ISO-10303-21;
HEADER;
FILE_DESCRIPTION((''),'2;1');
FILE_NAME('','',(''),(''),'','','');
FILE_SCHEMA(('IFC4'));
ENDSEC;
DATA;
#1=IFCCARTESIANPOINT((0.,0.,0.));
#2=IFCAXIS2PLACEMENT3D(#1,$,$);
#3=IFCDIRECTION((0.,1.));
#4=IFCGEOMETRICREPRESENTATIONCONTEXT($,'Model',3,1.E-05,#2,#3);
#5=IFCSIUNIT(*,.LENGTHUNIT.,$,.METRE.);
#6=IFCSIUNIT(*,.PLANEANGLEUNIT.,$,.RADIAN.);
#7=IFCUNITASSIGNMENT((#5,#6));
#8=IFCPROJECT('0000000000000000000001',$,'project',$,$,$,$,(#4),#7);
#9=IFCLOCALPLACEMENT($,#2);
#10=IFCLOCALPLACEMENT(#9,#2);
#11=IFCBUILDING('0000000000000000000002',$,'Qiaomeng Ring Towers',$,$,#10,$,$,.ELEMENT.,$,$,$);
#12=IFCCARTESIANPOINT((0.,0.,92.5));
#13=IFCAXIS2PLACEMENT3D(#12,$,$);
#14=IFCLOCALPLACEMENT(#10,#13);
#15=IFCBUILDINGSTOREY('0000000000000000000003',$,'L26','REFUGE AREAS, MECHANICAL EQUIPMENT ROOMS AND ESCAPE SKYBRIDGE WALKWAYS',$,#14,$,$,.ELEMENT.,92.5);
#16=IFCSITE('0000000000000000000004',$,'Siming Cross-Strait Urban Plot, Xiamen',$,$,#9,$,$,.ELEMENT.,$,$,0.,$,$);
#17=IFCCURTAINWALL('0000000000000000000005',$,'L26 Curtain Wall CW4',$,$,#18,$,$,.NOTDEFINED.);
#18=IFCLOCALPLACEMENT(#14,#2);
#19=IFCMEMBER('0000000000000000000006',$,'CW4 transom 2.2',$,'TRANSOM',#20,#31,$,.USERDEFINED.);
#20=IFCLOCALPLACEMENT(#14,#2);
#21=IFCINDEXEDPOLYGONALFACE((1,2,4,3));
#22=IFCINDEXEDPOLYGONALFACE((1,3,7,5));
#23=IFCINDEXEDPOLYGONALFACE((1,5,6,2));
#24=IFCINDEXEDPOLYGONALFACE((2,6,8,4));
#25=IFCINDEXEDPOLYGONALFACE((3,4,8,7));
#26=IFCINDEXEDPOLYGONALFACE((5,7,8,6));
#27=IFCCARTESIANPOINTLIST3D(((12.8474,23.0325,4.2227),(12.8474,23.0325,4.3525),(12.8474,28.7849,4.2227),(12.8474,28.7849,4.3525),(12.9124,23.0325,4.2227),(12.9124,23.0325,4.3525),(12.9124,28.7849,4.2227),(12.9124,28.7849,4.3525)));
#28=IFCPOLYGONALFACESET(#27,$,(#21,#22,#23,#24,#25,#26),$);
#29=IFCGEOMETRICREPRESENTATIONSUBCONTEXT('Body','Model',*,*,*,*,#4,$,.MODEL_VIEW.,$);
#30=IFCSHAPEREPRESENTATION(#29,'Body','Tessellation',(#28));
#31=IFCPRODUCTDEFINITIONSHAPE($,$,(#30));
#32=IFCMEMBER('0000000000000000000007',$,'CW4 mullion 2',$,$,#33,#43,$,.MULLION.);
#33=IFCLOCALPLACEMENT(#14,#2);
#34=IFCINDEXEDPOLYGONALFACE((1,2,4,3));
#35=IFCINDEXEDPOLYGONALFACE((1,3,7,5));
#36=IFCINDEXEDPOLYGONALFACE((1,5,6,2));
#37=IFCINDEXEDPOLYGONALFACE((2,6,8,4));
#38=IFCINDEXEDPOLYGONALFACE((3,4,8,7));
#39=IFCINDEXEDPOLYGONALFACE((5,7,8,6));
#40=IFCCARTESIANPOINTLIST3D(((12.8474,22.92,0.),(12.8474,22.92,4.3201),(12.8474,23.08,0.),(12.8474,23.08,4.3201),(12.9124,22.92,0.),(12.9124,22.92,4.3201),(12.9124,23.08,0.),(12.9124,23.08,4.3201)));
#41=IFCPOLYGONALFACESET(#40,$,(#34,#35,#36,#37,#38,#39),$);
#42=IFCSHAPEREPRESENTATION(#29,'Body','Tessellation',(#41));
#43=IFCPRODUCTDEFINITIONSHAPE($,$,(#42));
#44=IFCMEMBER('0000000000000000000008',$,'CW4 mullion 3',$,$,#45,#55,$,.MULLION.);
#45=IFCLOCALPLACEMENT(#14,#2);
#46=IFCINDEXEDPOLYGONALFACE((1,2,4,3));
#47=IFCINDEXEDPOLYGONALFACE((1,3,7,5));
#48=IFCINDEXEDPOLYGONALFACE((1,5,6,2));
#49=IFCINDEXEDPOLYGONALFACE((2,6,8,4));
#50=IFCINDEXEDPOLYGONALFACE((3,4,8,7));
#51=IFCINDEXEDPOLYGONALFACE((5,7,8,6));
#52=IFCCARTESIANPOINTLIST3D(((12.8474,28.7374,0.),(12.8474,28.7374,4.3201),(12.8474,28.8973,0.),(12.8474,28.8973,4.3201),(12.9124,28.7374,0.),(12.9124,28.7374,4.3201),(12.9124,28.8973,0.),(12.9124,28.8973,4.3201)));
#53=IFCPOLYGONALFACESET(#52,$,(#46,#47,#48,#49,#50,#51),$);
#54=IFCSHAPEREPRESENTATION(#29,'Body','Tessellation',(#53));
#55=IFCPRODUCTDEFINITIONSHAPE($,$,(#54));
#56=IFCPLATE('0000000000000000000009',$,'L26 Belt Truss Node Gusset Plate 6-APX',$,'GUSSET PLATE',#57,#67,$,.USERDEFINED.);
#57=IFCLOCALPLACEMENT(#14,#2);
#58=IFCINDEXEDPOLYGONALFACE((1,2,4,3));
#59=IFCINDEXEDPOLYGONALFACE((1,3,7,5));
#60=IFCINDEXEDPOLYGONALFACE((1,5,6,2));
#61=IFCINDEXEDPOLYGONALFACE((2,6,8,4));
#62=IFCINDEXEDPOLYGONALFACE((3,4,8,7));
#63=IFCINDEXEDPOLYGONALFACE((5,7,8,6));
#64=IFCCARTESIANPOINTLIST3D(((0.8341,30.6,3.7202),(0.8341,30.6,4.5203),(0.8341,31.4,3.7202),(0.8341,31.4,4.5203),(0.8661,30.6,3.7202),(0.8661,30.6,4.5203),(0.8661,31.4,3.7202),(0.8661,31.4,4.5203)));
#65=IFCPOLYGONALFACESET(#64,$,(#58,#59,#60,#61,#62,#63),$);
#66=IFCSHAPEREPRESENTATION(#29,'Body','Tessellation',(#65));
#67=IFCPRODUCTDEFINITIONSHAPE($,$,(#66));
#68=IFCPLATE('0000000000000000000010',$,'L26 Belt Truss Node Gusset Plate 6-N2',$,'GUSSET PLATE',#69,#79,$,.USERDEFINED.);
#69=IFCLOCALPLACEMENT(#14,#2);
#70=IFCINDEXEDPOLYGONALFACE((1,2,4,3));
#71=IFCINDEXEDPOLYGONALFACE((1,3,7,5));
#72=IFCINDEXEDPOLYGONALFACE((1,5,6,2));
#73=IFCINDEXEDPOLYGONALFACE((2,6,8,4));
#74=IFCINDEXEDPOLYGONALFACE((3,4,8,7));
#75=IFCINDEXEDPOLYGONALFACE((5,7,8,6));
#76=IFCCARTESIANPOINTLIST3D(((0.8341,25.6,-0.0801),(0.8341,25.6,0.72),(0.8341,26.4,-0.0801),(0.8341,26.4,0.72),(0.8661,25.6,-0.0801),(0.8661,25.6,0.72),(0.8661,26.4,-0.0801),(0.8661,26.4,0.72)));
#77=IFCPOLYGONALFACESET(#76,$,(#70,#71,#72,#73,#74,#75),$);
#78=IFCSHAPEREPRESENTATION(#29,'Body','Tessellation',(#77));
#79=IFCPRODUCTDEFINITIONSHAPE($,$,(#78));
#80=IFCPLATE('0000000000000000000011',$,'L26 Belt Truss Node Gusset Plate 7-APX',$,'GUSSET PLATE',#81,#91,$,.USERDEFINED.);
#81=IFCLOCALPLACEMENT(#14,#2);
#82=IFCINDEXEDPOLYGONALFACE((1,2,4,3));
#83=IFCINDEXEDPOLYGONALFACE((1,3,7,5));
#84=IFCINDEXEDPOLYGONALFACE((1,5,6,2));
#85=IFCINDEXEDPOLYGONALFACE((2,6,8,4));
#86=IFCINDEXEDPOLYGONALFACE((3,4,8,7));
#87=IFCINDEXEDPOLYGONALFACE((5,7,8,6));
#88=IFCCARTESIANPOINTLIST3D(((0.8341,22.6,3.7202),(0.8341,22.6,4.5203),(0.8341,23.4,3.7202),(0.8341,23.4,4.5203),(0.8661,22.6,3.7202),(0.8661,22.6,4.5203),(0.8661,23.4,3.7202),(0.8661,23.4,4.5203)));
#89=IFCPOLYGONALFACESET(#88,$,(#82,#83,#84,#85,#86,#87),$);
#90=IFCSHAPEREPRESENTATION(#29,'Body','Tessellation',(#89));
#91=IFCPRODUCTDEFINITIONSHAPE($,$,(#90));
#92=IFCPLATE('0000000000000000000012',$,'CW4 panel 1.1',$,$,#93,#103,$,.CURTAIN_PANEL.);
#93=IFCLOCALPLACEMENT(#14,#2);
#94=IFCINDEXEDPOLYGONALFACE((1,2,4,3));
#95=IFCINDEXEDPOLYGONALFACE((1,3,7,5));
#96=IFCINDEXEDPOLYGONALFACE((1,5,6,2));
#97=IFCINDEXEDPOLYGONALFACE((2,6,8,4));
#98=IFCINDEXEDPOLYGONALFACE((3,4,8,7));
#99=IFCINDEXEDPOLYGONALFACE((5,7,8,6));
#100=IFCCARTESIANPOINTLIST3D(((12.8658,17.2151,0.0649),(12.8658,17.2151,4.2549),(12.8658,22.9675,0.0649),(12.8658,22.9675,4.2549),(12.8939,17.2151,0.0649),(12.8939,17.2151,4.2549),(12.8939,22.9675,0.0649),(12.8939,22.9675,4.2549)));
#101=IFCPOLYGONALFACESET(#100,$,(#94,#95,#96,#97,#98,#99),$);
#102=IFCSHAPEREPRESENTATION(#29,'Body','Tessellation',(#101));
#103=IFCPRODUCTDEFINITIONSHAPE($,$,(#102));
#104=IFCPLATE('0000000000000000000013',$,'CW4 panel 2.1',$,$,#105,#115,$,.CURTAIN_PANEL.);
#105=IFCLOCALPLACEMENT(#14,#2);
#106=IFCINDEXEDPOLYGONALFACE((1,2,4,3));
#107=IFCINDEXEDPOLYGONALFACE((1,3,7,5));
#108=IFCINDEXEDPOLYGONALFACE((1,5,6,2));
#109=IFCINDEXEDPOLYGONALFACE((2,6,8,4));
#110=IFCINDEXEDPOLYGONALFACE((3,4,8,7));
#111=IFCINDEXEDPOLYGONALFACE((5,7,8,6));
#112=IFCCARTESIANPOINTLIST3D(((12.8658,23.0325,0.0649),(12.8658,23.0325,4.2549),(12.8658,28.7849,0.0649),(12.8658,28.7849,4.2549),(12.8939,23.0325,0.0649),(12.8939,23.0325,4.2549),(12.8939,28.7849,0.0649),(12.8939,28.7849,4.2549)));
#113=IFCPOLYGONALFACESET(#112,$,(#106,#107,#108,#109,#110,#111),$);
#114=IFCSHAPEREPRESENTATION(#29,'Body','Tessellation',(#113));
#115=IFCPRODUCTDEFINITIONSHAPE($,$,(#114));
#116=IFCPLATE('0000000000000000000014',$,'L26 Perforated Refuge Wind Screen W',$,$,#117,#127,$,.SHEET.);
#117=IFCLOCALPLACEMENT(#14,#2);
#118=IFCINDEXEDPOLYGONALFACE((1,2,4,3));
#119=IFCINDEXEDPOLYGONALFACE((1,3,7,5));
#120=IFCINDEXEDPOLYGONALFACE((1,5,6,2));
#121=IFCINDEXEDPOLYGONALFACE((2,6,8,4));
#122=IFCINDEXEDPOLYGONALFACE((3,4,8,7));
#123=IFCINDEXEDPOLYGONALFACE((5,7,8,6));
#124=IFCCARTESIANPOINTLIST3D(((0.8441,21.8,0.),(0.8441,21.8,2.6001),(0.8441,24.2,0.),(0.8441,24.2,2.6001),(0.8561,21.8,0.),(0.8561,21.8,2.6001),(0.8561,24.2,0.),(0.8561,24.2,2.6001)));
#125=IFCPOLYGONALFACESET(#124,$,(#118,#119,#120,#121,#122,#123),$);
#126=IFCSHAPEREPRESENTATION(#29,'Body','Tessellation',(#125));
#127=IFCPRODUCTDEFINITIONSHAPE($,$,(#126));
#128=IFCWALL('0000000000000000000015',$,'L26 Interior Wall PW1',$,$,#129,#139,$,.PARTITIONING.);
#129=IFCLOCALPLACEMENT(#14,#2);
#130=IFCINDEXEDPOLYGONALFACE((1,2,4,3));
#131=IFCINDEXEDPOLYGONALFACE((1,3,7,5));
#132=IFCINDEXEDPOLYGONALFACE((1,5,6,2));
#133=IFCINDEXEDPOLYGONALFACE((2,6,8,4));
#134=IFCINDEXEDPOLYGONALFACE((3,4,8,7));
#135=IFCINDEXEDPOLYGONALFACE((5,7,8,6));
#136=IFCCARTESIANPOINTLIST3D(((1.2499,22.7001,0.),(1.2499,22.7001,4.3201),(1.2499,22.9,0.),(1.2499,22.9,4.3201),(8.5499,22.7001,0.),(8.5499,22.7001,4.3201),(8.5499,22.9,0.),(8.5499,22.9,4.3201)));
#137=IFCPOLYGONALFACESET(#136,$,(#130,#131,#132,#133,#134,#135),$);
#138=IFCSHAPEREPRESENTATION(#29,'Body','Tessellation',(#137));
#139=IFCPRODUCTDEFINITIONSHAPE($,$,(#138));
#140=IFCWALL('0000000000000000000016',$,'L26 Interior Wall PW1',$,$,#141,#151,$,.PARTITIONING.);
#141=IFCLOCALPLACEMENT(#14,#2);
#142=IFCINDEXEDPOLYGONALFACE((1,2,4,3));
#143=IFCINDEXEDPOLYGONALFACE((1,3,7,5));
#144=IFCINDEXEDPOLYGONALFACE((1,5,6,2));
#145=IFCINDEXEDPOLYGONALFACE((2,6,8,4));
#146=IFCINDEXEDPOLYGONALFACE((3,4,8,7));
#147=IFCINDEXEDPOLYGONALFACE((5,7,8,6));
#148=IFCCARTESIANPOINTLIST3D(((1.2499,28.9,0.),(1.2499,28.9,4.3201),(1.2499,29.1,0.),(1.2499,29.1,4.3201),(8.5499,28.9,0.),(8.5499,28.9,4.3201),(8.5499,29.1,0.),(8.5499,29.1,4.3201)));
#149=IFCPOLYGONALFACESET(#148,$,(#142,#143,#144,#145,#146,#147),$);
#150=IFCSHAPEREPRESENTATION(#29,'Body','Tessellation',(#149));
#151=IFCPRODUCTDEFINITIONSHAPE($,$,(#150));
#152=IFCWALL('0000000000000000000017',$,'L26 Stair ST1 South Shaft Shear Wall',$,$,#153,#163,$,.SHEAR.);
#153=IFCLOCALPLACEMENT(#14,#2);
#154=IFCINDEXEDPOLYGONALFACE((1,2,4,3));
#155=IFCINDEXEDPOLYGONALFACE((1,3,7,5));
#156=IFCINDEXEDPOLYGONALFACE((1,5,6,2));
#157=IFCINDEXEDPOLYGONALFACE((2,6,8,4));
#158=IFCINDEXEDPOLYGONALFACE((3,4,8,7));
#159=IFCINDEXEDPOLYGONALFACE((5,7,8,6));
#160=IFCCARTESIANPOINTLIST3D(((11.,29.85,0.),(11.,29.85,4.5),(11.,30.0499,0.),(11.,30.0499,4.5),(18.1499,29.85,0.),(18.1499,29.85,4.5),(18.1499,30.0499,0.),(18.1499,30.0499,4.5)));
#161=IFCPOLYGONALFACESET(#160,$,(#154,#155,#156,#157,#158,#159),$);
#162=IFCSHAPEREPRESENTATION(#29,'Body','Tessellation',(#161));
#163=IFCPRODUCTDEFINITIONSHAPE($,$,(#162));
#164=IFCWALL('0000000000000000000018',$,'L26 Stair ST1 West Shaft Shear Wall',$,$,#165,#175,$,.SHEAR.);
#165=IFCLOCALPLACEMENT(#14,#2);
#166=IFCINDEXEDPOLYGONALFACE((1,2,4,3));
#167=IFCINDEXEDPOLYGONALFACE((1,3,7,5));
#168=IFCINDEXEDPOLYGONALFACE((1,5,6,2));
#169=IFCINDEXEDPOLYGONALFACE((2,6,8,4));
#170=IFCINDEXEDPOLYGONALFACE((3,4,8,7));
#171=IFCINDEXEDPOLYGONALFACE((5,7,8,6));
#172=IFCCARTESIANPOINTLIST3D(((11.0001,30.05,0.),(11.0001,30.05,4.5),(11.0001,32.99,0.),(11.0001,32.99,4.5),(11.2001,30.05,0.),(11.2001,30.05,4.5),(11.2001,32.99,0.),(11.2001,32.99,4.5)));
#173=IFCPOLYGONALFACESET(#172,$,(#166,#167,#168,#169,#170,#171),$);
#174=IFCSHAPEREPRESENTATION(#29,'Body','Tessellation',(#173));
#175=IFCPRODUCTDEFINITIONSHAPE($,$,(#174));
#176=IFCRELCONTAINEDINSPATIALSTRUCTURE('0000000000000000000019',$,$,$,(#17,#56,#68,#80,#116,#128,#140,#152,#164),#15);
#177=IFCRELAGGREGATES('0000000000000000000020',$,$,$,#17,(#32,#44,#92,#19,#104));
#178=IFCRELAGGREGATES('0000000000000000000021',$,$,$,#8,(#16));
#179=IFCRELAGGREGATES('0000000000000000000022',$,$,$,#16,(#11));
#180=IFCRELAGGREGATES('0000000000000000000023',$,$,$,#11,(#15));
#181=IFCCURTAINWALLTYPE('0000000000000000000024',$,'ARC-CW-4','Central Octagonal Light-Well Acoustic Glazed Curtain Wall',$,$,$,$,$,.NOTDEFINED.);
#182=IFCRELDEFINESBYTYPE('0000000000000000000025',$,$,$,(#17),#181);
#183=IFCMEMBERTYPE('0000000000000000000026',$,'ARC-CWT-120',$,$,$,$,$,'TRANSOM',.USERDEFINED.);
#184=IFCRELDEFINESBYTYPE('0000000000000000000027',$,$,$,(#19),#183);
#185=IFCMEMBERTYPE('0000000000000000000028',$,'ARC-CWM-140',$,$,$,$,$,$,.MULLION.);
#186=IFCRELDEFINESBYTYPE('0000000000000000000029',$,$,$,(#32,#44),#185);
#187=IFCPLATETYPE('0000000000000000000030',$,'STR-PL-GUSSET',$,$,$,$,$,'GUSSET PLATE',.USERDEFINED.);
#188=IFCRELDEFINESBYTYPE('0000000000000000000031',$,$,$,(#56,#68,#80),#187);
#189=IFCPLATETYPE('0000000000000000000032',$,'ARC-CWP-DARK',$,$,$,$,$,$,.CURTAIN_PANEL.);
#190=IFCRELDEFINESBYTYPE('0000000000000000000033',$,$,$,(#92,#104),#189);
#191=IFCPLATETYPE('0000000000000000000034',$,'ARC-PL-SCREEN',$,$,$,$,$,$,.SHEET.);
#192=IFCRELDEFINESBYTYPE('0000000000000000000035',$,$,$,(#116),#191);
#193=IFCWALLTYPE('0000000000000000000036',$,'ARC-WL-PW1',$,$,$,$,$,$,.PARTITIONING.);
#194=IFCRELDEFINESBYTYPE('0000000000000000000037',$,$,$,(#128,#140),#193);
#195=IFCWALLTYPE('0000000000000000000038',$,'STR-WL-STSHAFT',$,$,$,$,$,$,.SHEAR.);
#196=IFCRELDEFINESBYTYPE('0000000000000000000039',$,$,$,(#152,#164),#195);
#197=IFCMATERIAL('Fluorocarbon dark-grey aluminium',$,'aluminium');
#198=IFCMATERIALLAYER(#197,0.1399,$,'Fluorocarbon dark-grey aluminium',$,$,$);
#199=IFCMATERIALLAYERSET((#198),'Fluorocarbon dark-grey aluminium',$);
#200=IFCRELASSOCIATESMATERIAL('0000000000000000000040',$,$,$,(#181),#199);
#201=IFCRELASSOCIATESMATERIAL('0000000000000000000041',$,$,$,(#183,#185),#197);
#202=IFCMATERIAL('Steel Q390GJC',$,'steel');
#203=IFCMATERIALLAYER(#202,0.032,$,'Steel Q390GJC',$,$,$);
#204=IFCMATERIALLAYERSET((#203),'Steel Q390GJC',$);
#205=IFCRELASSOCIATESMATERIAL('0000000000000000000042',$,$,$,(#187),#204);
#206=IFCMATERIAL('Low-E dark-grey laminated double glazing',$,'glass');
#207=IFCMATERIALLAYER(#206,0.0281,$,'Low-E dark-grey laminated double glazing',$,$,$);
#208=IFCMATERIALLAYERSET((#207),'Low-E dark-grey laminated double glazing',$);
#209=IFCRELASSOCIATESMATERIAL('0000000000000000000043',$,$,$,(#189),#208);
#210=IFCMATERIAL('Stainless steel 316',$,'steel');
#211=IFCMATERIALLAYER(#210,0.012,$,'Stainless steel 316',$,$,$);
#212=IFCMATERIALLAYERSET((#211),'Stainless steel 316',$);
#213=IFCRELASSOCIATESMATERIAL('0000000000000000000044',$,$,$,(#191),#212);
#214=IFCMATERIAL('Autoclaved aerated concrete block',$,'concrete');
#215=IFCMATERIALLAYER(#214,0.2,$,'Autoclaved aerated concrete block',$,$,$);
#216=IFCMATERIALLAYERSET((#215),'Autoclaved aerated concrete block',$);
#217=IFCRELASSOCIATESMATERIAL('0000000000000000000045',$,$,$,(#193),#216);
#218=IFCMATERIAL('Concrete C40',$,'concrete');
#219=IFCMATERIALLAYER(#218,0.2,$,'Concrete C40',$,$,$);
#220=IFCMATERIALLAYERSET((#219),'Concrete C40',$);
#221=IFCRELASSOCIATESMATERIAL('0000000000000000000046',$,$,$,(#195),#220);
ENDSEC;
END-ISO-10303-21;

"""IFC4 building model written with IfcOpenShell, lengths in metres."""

from ifc_helpers import new_model, si_unit, direction, frame, frame_2d, origin, origin_2d, place, context, subcontext, project, spatial, rectangle, extrude, source, transform, mapped, material, layer, layer_set, material_profile, profile_set, type_object, element, aggregate, save


model = new_model("IFC4")

# Units and contexts
model_context = context("Model", 3, precision=1e-05, world=origin(), true_north=direction((0.0, 1.0)))
body_context = subcontext(model_context, "Body", "Model", "MODEL_VIEW")
ifc_project = project(units=[si_unit("LENGTHUNIT", "METRE"), si_unit("PLANEANGLEUNIT", "RADIAN")], contexts=[model_context])

# Site, building, storey
site_placement = place(None, origin())
site = spatial("IfcSite", under=ifc_project, at=site_placement, Name="Siming Cross-Strait Urban Plot, Xiamen", CompositionType="ELEMENT", RefElevation=0.0)
building_placement = place(site_placement, origin())
building = spatial("IfcBuilding", under=site, at=building_placement, Name="Qiaomeng Ring Towers", CompositionType="ELEMENT")
storey_placement = place(building_placement, frame((0.0, 0.0, 92.5)))
storey = spatial("IfcBuildingStorey", under=building, at=storey_placement, Name="L26", Description="REFUGE AREAS, MECHANICAL EQUIPMENT ROOMS AND ESCAPE SKYBRIDGE WALKWAYS", CompositionType="ELEMENT", Elevation=92.5)

# Shared definitions
ifc_material_1 = material(Name="Steel Q390GJC", Category="steel")

# Curtain wall, members
ifc_material_2 = material(Name="Fluorocarbon dark-grey aluminium", Category="aluminium")
ifc_layer_1 = layer(ifc_material_2, 0.1399, Name="Fluorocarbon dark-grey aluminium")
ifc_layer_set_1 = layer_set([ifc_layer_1], Name="Fluorocarbon dark-grey aluminium")
curtain_wall_type = type_object("IfcCurtainWallType", Name="ARC-CW-4", Description="Central Octagonal Light-Well Acoustic Glazed Curtain Wall", PredefinedType="NOTDEFINED", material=ifc_layer_set_1)
curtain_wall_placement = place(storey_placement, origin())
curtain_wall = element("IfcCurtainWall", 1, at=curtain_wall_placement, inside=storey, type_object=curtain_wall_type, Name="L26 Curtain Wall CW4", PredefinedType="NOTDEFINED")
ifc_material_profile_1 = material_profile(ifc_material_2, rectangle(XDim=0.0649, YDim=0.1299, at=origin_2d()), Name="ALU TRAN 65x130")
ifc_profile_set_1 = profile_set([ifc_material_profile_1], Name="Fluorocarbon dark-grey aluminium")
member_type_1 = type_object("IfcMemberType", Name="ARC-CWT-120", ElementType="TRANSOM", PredefinedType="USERDEFINED", material=ifc_profile_set_1)
shared_shape_1 = source(origin(), body_context, "Body", "SweptSolid", [
    extrude(rectangle(XDim=0.0649, YDim=0.1299, at=origin_2d()), origin(), (0.0, 0.0, 1.0), 5.7524),
])
member_1_placement = place(storey_placement, frame((12.8799, 23.0325, 4.2876), z_axis=(0.0, 1.0, 0.0), x_axis=(-1.0, 0.0, 0.0)))
member_1 = element("IfcMember", 2, at=member_1_placement, type_object=member_type_1, Name="CW4 transom 2.2", ObjectType="TRANSOM", PredefinedType="USERDEFINED", context=body_context, shape_type="MappedRepresentation", body=[
    mapped(shared_shape_1, transform((0.0, 0.0, 0.0), x_axis=(1.0, 0.0, 0.0), y_axis=(0.0, 1.0, 0.0), z_axis=(0.0, 0.0, 1.0), scale=1.0)),
])
ifc_material_profile_2 = material_profile(ifc_material_2, rectangle(XDim=0.0649, YDim=0.1599, at=origin_2d()), Name="ALU MULL 65x160")
ifc_profile_set_2 = profile_set([ifc_material_profile_2], Name="Fluorocarbon dark-grey aluminium")
member_type_2 = type_object("IfcMemberType", Name="ARC-CWM-140", PredefinedType="MULLION", material=ifc_profile_set_2)
shared_shape_2 = source(origin(), body_context, "Body", "SweptSolid", [
    extrude(rectangle(XDim=0.0649, YDim=0.1599, at=origin_2d()), origin(), (0.0, 0.0, 1.0), 4.3201),
])
member_2_placement = place(storey_placement, frame((12.8799, 23.0, 0.0), z_axis=(0.0, 0.0, 1.0), x_axis=(-1.0, 0.0, 0.0)))
member_2 = element("IfcMember", 3, at=member_2_placement, type_object=member_type_2, Name="CW4 mullion 2", PredefinedType="MULLION", context=body_context, shape_type="MappedRepresentation", body=[
    mapped(shared_shape_2, transform((0.0, 0.0, 0.0), x_axis=(1.0, 0.0, 0.0), y_axis=(0.0, 1.0, 0.0), z_axis=(0.0, 0.0, 1.0), scale=1.0)),
])
member_3_placement = place(storey_placement, frame((12.8799, 28.8174, 0.0), z_axis=(0.0, 0.0, 1.0), x_axis=(-1.0, 0.0, 0.0)))
member_3 = element("IfcMember", 4, at=member_3_placement, type_object=member_type_2, Name="CW4 mullion 3", PredefinedType="MULLION", context=body_context, shape_type="MappedRepresentation", body=[
    mapped(shared_shape_2, transform((0.0, 0.0, 0.0), x_axis=(1.0, 0.0, 0.0), y_axis=(0.0, 1.0, 0.0), z_axis=(0.0, 0.0, 1.0), scale=1.0)),
])

# Plates
ifc_layer_2 = layer(ifc_material_1, 0.032, Name="Steel Q390GJC")
ifc_layer_set_2 = layer_set([ifc_layer_2], Name="Steel Q390GJC")
plate_type_1 = type_object("IfcPlateType", Name="STR-PL-GUSSET", ElementType="GUSSET PLATE", PredefinedType="USERDEFINED", material=ifc_layer_set_2)
shared_shape_3 = source(origin(), body_context, "Body", "SweptSolid", [
    extrude(rectangle(XDim=0.8, YDim=0.032, at=origin_2d()), origin(), (0.0, 0.0, 1.0), 0.8),
])
for number, where, z_axis, x_axis, name in (
    (5, (0.8501, 31.0, 3.7202), (0.0, 0.0, 1.0), (0.0, -1.0, 0.0), "L26 Belt Truss Node Gusset Plate 6-APX"),
    (6, (0.8501, 26.0, -0.0801), (0.0, 0.0, 1.0), (0.0, -1.0, 0.0), "L26 Belt Truss Node Gusset Plate 6-N2"),
    (7, (0.8501, 23.0, 3.7202), (0.0, 0.0, 1.0), (0.0, -1.0, 0.0), "L26 Belt Truss Node Gusset Plate 7-APX"),
):
    element("IfcPlate", number, at=place(storey_placement, frame(where, z_axis=z_axis, x_axis=x_axis)), inside=storey, type_object=plate_type_1, Name=name, ObjectType="GUSSET PLATE", PredefinedType="USERDEFINED", context=body_context, shape_type="MappedRepresentation", body=[
        mapped(shared_shape_3, transform((0.0, 0.0, 0.0), x_axis=(1.0, 0.0, 0.0), y_axis=(0.0, 1.0, 0.0), z_axis=(0.0, 0.0, 1.0), scale=1.0)),
    ])

# Plates
ifc_material_3 = material(Name="Low-E dark-grey laminated double glazing", Category="glass")
ifc_layer_3 = layer(ifc_material_3, 0.0281, Name="Low-E dark-grey laminated double glazing")
ifc_layer_set_3 = layer_set([ifc_layer_3], Name="Low-E dark-grey laminated double glazing")
plate_type_2 = type_object("IfcPlateType", Name="ARC-CWP-DARK", PredefinedType="CURTAIN_PANEL", material=ifc_layer_set_3)
shared_shape_4 = source(origin(), body_context, "Body", "SweptSolid", [
    extrude(rectangle(XDim=5.7524, YDim=0.0281, at=origin_2d()), origin(), (0.0, 0.0, 1.0), 4.1899),
])
plate_1_placement = place(storey_placement, frame((12.8799, 20.0913, 0.0649), z_axis=(0.0, 0.0, 1.0), x_axis=(0.0, 1.0, 0.0)))
plate_1 = element("IfcPlate", 8, at=plate_1_placement, type_object=plate_type_2, Name="CW4 panel 1.1", PredefinedType="CURTAIN_PANEL", context=body_context, shape_type="MappedRepresentation", body=[
    mapped(shared_shape_4, transform((0.0, 0.0, 0.0), x_axis=(1.0, 0.0, 0.0), y_axis=(0.0, 1.0, 0.0), z_axis=(0.0, 0.0, 1.0), scale=1.0)),
])
plate_2_placement = place(storey_placement, frame((12.8799, 25.9087, 0.0649), z_axis=(0.0, 0.0, 1.0), x_axis=(0.0, 1.0, 0.0)))
plate_2 = element("IfcPlate", 9, at=plate_2_placement, type_object=plate_type_2, Name="CW4 panel 2.1", PredefinedType="CURTAIN_PANEL", context=body_context, shape_type="MappedRepresentation", body=[
    mapped(shared_shape_4, transform((0.0, 0.0, 0.0), x_axis=(1.0, 0.0, 0.0), y_axis=(0.0, 1.0, 0.0), z_axis=(0.0, 0.0, 1.0), scale=1.0)),
])
aggregate(curtain_wall, [member_2, member_3, plate_1, member_1, plate_2])
ifc_material_4 = material(Name="Stainless steel 316", Category="steel")
ifc_layer_4 = layer(ifc_material_4, 0.012, Name="Stainless steel 316")
ifc_layer_set_4 = layer_set([ifc_layer_4], Name="Stainless steel 316")
plate_type_3 = type_object("IfcPlateType", Name="ARC-PL-SCREEN", PredefinedType="SHEET", material=ifc_layer_set_4)
shared_shape_5 = source(origin(), body_context, "Body", "SweptSolid", [
    extrude(rectangle(XDim=2.3999, YDim=0.012, at=origin_2d()), origin(), (0.0, 0.0, 1.0), 2.6001),
])
plate_3_placement = place(storey_placement, frame((0.8501, 23.0, 0.0), z_axis=(0.0, 0.0, 1.0), x_axis=(0.0, -1.0, 0.0)))
element("IfcPlate", 10, at=plate_3_placement, inside=storey, type_object=plate_type_3, Name="L26 Perforated Refuge Wind Screen W", PredefinedType="SHEET", context=body_context, shape_type="MappedRepresentation", body=[
    mapped(shared_shape_5, transform((0.0, 0.0, 0.0), x_axis=(1.0, 0.0, 0.0), y_axis=(0.0, 1.0, 0.0), z_axis=(0.0, 0.0, 1.0), scale=1.0)),
])

# Walls
ifc_material_5 = material(Name="Autoclaved aerated concrete block", Category="concrete")
ifc_layer_5 = layer(ifc_material_5, 0.2, Name="Autoclaved aerated concrete block")
ifc_layer_set_5 = layer_set([ifc_layer_5], Name="Autoclaved aerated concrete block")
wall_type_1 = type_object("IfcWallType", Name="ARC-WL-PW1", PredefinedType="PARTITIONING", material=ifc_layer_set_5)
for number, where, z_axis, x_axis, name in (
    (11, (1.25, 22.8, 0.0), (0.0, 0.0, 1.0), (1.0, 0.0, 0.0), "L26 Interior Wall PW1"),
    (12, (1.25, 29.0, 0.0), (0.0, 0.0, 1.0), (1.0, 0.0, 0.0), "L26 Interior Wall PW1"),
):
    element("IfcWall", number, at=place(storey_placement, frame(where, z_axis=z_axis, x_axis=x_axis)), inside=storey, type_object=wall_type_1, Name=name, PredefinedType="PARTITIONING", context=body_context, shape_type="SweptSolid", body=[
        extrude(rectangle(XDim=7.3, YDim=0.2, at=frame_2d((3.6499, 0.0))), origin(), (0.0, 0.0, 1.0), 4.3201),
    ])
ifc_material_6 = material(Name="Concrete C40", Category="concrete")
ifc_layer_6 = layer(ifc_material_6, 0.2, Name="Concrete C40")
ifc_layer_set_6 = layer_set([ifc_layer_6], Name="Concrete C40")
wall_type_2 = type_object("IfcWallType", Name="STR-WL-STSHAFT", PredefinedType="SHEAR", material=ifc_layer_set_6)
wall_1_placement = place(storey_placement, frame((11.0, 29.95, 0.0), z_axis=(0.0, 0.0, 1.0), x_axis=(1.0, 0.0, 0.0)))
element("IfcWall", 13, at=wall_1_placement, inside=storey, type_object=wall_type_2, Name="L26 Stair ST1 South Shaft Shear Wall", PredefinedType="SHEAR", context=body_context, shape_type="SweptSolid", body=[
    extrude(rectangle(XDim=7.1499, YDim=0.2, at=frame_2d((3.575, 0.0))), origin(), (0.0, 0.0, 1.0), 4.5),
])
wall_2_placement = place(storey_placement, frame((11.1001, 30.05, 0.0), z_axis=(0.0, 0.0, 1.0), x_axis=(0.0, 1.0, 0.0)))
element("IfcWall", 14, at=wall_2_placement, inside=storey, type_object=wall_type_2, Name="L26 Stair ST1 West Shaft Shear Wall", PredefinedType="SHEAR", context=body_context, shape_type="SweptSolid", body=[
    extrude(rectangle(XDim=2.9399, YDim=0.2, at=frame_2d((1.47, 0.0))), origin(), (0.0, 0.0, 1.0), 4.5),
])

save(model, "model.ifc")
